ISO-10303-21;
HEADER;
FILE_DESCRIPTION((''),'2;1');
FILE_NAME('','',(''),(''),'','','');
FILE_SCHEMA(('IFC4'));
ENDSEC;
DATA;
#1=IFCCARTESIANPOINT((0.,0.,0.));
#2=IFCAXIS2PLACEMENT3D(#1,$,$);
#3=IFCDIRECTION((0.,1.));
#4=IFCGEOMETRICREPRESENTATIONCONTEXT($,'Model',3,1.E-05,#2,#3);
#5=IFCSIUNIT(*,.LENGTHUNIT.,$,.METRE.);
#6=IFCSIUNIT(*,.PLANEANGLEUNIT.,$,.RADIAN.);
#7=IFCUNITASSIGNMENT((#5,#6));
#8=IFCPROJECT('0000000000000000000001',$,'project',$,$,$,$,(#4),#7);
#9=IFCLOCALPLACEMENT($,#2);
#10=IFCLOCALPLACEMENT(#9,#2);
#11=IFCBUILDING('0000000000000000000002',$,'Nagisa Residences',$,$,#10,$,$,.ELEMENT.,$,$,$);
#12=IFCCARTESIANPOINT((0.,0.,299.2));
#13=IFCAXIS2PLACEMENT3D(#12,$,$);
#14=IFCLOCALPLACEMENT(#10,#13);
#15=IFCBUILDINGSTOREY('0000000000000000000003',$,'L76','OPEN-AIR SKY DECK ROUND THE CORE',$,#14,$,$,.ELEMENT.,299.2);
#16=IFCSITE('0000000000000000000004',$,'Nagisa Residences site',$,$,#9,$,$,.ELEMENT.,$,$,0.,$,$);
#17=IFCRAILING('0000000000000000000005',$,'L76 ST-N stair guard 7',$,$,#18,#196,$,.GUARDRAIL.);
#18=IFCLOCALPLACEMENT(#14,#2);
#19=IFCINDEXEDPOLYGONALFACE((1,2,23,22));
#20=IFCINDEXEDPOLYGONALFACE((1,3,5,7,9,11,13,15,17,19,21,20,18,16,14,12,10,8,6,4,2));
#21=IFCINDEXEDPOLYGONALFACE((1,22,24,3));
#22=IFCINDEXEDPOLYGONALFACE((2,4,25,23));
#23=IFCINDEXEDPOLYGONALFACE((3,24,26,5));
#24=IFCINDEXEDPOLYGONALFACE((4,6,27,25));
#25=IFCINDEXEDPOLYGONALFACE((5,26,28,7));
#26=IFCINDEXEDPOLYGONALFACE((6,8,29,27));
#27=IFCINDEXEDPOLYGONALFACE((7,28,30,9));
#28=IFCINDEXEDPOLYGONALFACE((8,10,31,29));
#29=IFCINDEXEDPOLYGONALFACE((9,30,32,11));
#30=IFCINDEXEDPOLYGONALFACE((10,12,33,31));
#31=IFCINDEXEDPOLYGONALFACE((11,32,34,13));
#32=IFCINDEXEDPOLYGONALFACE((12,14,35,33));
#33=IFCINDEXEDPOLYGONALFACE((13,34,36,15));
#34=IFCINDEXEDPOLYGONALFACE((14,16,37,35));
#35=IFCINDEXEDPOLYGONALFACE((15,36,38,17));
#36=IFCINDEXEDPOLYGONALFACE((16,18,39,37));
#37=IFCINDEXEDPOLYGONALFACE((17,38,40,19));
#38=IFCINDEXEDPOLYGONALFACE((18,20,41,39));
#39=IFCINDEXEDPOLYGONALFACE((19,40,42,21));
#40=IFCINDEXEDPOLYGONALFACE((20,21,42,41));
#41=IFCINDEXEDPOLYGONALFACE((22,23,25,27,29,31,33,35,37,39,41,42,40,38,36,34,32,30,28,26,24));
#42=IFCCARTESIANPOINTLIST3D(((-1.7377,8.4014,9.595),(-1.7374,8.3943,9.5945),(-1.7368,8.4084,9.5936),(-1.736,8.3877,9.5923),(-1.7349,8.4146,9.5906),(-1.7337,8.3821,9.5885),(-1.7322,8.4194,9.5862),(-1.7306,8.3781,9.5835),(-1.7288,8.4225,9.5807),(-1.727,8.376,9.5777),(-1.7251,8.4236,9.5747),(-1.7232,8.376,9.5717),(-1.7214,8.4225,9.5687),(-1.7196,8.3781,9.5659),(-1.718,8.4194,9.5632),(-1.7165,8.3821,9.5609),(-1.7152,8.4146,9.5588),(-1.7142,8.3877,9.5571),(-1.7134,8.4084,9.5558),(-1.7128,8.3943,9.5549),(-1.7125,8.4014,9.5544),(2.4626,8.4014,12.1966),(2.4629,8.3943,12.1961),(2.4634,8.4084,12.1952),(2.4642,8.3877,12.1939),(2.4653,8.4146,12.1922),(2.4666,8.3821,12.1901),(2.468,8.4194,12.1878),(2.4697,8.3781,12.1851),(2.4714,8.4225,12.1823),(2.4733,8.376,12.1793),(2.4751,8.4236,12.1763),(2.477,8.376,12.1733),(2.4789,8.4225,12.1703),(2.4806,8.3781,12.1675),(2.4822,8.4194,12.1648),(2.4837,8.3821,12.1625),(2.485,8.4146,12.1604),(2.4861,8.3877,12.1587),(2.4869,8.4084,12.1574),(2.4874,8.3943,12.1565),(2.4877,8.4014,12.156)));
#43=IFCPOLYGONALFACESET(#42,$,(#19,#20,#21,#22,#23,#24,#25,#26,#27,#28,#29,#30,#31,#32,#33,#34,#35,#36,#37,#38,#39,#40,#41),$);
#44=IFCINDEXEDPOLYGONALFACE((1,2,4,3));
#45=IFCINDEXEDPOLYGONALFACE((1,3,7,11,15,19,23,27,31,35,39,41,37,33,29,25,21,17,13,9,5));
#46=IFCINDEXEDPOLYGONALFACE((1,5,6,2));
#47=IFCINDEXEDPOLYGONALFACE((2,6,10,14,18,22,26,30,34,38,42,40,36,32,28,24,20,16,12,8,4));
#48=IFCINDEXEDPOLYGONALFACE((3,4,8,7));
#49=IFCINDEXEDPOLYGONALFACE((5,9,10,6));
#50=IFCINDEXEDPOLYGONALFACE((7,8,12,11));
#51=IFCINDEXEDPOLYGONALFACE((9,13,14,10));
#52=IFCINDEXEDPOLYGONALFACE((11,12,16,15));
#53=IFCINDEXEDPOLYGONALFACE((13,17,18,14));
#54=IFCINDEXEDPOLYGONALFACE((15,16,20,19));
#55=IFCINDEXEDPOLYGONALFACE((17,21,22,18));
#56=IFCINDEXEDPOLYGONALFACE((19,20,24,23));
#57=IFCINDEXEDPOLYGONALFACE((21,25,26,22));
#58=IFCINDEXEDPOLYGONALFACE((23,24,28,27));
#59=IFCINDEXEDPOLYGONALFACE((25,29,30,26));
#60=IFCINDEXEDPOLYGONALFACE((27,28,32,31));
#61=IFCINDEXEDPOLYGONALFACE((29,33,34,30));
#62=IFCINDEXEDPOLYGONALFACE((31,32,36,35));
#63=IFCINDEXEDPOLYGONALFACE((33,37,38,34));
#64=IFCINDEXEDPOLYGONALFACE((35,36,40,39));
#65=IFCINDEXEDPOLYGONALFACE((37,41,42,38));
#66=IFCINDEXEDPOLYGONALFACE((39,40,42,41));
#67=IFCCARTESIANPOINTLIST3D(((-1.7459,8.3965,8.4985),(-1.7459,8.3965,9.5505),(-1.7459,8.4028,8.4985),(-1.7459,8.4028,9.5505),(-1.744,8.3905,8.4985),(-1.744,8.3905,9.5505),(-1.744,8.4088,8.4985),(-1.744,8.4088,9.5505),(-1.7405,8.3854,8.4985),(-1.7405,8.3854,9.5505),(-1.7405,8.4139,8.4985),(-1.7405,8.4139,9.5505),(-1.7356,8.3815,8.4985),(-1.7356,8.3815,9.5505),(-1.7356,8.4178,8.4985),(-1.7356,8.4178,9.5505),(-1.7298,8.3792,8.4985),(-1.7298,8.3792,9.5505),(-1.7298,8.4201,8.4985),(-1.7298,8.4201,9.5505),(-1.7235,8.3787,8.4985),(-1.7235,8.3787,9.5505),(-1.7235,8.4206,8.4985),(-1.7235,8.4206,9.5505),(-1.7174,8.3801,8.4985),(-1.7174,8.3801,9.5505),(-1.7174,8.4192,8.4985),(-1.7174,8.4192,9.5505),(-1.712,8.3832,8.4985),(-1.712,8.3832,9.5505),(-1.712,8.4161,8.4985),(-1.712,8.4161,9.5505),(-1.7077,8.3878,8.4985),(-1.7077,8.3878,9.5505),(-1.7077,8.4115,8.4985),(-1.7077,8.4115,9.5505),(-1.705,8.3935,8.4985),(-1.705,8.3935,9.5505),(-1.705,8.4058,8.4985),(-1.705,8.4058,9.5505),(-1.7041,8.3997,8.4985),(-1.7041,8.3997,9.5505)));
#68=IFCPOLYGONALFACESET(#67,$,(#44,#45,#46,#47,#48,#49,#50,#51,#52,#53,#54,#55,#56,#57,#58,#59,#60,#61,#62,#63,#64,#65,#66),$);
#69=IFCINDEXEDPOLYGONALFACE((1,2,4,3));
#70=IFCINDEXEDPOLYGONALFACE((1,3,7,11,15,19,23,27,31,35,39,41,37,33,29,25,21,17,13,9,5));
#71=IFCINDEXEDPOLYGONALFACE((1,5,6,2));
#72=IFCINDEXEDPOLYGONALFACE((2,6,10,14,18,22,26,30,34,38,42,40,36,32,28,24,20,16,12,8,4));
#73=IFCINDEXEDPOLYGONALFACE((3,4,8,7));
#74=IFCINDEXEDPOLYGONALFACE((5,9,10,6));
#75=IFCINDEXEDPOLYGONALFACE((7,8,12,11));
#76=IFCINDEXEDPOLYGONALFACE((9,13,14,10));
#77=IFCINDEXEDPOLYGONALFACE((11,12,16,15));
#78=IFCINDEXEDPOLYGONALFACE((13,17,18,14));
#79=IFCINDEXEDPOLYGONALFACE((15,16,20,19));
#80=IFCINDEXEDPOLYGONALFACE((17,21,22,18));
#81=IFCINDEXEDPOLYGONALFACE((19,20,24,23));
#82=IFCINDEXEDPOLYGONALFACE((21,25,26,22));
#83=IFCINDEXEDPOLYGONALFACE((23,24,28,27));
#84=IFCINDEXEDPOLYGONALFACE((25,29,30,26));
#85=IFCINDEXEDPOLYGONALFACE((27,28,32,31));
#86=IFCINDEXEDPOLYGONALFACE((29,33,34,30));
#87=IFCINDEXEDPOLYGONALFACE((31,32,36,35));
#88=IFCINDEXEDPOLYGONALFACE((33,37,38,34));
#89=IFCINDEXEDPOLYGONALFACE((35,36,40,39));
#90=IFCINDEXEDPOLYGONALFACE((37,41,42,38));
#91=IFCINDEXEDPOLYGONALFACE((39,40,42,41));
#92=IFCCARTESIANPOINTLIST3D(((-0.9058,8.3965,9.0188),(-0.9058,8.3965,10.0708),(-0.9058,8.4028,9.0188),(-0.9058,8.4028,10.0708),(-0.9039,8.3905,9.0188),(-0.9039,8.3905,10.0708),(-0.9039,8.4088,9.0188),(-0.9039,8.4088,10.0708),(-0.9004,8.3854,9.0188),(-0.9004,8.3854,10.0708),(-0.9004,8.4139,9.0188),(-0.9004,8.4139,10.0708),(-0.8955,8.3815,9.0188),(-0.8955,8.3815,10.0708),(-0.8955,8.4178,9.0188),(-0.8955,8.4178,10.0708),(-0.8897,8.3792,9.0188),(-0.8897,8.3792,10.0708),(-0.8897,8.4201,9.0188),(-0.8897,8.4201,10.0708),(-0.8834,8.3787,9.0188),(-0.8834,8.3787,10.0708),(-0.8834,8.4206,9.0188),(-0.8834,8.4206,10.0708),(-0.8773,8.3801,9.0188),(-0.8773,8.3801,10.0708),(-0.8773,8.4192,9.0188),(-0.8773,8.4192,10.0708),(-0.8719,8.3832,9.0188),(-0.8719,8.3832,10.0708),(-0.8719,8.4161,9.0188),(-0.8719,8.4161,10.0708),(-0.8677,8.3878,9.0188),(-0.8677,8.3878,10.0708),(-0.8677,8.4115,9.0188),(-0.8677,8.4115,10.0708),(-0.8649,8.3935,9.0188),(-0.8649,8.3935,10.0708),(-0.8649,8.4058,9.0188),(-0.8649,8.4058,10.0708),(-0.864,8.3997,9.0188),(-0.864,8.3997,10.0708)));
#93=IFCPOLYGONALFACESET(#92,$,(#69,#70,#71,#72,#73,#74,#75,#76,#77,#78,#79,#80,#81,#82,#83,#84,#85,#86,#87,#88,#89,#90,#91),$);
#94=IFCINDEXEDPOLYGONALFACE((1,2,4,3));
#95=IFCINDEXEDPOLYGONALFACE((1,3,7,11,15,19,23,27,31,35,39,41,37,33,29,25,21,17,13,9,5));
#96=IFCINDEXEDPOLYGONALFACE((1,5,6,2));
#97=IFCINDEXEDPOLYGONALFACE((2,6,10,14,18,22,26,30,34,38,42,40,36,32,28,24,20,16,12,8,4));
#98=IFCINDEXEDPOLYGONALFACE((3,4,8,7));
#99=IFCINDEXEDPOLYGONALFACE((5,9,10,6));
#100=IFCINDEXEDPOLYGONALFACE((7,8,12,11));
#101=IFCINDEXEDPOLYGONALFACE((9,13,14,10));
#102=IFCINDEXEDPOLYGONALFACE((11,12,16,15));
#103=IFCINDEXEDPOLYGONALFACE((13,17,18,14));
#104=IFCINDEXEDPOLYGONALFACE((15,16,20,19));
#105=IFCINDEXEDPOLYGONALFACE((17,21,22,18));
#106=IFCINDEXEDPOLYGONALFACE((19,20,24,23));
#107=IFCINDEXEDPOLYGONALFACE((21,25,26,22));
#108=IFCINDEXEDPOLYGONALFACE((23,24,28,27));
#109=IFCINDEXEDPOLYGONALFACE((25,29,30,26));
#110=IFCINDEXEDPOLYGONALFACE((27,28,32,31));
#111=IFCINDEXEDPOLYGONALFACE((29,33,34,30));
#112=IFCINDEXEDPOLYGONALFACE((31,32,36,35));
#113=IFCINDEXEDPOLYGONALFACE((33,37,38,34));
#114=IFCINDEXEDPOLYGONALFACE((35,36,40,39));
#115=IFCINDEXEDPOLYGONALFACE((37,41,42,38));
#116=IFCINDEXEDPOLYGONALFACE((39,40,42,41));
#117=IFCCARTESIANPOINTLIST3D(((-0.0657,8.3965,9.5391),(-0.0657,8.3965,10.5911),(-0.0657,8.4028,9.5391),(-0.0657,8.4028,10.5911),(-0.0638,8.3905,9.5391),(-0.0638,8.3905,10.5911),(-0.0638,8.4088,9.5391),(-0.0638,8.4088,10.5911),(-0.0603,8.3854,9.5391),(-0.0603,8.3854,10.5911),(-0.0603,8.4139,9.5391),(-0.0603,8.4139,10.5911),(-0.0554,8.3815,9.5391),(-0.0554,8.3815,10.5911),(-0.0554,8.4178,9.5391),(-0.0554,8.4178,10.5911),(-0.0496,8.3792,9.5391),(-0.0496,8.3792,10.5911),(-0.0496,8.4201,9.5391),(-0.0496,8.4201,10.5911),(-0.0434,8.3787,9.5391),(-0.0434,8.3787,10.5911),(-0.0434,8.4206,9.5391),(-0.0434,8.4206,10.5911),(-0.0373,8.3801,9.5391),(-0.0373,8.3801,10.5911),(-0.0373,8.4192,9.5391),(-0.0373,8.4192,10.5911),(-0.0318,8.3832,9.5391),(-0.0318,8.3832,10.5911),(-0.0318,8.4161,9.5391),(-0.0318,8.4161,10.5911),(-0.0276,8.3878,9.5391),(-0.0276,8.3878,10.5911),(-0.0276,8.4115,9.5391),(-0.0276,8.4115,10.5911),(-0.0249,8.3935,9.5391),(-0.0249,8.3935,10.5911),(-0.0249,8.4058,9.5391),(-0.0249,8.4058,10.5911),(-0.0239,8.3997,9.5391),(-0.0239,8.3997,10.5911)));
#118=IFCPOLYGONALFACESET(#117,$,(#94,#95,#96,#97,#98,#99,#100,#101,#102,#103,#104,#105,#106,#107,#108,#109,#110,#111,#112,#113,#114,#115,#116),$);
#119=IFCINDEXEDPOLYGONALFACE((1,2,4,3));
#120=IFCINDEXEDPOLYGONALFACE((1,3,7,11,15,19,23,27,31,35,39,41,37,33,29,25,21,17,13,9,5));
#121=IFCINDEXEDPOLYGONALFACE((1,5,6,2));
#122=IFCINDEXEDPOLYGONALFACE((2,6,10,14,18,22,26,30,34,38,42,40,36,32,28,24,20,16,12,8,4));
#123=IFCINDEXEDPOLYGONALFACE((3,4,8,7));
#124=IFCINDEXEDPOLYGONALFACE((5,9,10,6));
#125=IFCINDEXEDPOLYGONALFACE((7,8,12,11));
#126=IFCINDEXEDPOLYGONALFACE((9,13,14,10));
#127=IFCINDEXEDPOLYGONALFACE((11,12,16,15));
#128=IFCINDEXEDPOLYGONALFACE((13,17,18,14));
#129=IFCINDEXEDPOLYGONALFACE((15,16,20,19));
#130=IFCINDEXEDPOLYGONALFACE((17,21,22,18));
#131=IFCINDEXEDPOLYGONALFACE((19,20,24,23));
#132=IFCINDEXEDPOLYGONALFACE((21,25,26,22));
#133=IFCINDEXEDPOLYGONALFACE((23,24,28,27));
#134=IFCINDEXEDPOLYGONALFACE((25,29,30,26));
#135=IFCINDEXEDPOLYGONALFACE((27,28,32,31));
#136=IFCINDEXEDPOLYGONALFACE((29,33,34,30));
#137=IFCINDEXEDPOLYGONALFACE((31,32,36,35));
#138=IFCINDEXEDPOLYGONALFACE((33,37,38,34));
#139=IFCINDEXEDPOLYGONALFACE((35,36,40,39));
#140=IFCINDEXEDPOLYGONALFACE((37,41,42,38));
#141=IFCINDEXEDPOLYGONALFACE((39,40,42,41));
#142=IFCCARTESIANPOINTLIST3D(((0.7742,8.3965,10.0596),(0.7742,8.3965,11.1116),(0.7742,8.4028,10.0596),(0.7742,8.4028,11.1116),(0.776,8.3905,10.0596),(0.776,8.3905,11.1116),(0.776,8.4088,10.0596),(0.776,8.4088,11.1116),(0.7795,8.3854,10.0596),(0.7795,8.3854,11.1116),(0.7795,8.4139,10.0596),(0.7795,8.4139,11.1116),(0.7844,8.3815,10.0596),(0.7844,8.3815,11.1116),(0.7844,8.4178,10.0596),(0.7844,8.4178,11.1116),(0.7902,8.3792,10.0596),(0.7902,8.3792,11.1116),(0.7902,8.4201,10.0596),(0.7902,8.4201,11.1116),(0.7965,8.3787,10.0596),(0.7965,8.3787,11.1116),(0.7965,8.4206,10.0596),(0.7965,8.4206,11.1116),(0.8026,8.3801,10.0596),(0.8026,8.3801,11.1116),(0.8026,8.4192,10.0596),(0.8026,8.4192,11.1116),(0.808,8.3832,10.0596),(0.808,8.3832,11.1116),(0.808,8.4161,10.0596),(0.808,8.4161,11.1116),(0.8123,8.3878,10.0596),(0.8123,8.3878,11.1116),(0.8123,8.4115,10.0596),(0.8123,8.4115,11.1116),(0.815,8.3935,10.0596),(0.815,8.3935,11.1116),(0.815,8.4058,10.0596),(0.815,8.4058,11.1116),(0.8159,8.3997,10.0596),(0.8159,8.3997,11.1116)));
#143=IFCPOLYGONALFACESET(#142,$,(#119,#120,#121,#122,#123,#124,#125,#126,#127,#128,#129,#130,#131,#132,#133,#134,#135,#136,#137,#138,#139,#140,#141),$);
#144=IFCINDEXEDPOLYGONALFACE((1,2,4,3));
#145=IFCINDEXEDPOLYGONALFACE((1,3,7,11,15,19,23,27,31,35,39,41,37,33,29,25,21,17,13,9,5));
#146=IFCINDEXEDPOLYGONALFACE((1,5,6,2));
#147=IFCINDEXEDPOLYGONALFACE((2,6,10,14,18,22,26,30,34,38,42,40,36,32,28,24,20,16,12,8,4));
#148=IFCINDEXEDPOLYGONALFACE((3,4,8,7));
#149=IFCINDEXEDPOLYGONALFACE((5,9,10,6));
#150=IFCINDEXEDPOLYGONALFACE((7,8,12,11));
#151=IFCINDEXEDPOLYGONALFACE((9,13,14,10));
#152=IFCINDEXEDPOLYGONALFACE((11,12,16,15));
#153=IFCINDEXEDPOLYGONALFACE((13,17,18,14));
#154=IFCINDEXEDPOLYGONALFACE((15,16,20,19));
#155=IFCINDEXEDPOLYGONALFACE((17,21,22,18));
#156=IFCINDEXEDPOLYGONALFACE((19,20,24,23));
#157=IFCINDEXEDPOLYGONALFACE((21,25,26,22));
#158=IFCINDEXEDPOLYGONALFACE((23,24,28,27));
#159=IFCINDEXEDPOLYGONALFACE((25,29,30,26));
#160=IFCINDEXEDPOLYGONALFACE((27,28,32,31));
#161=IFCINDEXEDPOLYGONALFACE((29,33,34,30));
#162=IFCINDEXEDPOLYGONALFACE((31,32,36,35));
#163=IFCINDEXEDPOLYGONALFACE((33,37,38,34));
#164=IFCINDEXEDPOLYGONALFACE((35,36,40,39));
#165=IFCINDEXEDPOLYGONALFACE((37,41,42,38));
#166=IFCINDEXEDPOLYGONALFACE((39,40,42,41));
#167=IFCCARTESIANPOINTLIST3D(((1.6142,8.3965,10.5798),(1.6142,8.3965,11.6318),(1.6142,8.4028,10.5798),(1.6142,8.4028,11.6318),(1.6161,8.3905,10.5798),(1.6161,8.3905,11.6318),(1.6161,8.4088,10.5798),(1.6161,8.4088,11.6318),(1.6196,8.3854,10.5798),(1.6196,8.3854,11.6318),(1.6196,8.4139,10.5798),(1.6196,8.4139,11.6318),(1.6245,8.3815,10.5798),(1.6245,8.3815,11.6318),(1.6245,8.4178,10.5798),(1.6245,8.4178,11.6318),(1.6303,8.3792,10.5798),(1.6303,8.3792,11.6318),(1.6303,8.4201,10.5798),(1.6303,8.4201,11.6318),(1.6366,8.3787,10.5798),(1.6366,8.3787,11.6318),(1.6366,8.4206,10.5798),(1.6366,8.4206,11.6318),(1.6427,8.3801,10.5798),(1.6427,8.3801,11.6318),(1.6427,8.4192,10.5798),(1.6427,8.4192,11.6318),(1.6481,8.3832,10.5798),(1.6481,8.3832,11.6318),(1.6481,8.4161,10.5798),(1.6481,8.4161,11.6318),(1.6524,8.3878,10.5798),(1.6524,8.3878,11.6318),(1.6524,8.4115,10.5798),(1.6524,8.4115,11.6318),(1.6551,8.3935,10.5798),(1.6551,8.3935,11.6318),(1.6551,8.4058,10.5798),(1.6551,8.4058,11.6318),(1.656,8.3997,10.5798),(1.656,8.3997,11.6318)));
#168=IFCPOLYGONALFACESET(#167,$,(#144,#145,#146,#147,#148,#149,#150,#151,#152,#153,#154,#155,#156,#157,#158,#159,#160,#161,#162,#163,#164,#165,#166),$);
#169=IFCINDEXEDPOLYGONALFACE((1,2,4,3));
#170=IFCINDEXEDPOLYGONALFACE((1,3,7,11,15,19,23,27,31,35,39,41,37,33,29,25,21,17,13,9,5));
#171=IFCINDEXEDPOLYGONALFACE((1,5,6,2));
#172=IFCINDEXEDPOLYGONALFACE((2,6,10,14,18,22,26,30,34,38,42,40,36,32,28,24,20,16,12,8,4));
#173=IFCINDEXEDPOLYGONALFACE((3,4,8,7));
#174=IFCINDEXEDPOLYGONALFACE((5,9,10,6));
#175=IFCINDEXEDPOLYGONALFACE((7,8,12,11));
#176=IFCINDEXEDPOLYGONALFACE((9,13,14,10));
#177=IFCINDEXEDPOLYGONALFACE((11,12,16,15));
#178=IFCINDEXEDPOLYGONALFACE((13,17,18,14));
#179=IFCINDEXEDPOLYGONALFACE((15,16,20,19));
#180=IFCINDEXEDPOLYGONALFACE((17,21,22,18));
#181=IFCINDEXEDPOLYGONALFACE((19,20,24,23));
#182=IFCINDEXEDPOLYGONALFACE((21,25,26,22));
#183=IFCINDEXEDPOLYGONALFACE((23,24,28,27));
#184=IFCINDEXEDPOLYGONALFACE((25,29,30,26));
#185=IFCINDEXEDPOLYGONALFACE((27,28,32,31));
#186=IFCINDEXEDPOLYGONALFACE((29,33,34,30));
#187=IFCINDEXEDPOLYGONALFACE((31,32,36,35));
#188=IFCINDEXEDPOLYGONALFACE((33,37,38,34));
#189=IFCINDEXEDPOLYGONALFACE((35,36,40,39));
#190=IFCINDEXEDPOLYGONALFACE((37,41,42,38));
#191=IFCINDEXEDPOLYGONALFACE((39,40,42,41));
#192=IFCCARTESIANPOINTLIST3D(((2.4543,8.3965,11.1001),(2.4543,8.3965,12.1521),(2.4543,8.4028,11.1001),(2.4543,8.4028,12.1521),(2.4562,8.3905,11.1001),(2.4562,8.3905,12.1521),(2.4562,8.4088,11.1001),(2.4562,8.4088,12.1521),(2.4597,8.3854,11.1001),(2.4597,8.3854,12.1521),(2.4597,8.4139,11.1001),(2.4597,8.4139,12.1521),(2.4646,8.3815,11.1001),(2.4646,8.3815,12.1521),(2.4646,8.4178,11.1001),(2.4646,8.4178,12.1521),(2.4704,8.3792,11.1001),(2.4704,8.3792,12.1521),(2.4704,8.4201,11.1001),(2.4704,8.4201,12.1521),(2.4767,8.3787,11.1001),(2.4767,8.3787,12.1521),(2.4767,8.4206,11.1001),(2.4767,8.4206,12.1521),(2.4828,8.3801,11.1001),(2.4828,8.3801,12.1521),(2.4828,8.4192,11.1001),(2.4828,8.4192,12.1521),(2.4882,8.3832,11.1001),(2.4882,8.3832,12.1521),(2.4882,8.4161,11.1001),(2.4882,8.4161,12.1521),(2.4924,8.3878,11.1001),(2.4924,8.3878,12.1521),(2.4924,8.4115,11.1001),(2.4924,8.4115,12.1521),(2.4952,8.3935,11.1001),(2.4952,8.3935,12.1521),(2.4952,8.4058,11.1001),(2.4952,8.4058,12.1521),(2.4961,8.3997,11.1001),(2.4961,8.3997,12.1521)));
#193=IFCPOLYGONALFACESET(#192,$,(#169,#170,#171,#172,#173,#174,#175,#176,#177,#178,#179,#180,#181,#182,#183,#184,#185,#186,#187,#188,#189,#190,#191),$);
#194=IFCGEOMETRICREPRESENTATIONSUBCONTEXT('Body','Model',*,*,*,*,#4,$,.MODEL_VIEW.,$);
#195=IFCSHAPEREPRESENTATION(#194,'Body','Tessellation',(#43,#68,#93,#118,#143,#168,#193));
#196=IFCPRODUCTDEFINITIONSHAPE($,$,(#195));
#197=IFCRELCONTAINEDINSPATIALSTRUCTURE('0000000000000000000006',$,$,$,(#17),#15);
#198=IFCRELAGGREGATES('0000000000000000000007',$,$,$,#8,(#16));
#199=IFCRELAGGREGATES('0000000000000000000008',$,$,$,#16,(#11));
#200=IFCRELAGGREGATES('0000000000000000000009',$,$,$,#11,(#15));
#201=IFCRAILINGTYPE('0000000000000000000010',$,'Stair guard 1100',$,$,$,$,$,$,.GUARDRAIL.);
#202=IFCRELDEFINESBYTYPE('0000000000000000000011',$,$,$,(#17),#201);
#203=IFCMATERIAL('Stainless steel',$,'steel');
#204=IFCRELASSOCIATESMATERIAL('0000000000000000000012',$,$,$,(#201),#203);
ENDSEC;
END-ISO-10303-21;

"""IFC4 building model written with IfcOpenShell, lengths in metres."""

from ifc_helpers import new_model, si_unit, direction, frame, origin, origin_2d, place, context, subcontext, project, spatial, circle, extrude, material, type_object, element, save


model = new_model("IFC4")

# Units and contexts
model_context = context("Model", 3, precision=1e-05, world=origin(), true_north=direction((0.0, 1.0)))
body_context = subcontext(model_context, "Body", "Model", "MODEL_VIEW")
ifc_project = project(units=[si_unit("LENGTHUNIT", "METRE"), si_unit("PLANEANGLEUNIT", "RADIAN")], contexts=[model_context])

# Site, building, storey
site_placement = place(None, origin())
site = spatial("IfcSite", under=ifc_project, at=site_placement, Name="Nagisa Residences site", CompositionType="ELEMENT", RefElevation=0.0)
building_placement = place(site_placement, origin())
building = spatial("IfcBuilding", under=site, at=building_placement, Name="Nagisa Residences", CompositionType="ELEMENT")
storey_placement = place(building_placement, frame((0.0, 0.0, 299.2)))
storey = spatial("IfcBuildingStorey", under=building, at=storey_placement, Name="L76", Description="OPEN-AIR SKY DECK ROUND THE CORE", CompositionType="ELEMENT", Elevation=299.2)

# Railing
ifc_material_1 = material(Name="Stainless steel", Category="steel")
railing_type_1 = type_object("IfcRailingType", Name="Stair guard 1100", PredefinedType="GUARDRAIL", material=ifc_material_1)
railing_1_placement = place(storey_placement, frame((-1.7251, 8.3997, 8.4985)))
element("IfcRailing", 1, at=railing_1_placement, inside=storey, type_object=railing_type_1, Name="L76 ST-N stair guard 7", PredefinedType="GUARDRAIL", context=body_context, shape_type="SweptSolid", body=[
    extrude(circle(Radius=0.0239, at=origin_2d()), frame((0.0, 0.0, 1.0762), z_axis=(0.850135, 0.0, 0.526566), x_axis=(0.0, 1.0, 0.0)), (0.0, 0.0, 1.0), 4.9407),
    extrude(circle(Radius=0.021, at=origin_2d()), origin(), (0.0, 0.0, 1.0), 1.052),
    extrude(circle(Radius=0.021, at=origin_2d()), frame((0.8401, 0.0, 0.5203)), (0.0, 0.0, 1.0), 1.052),
    extrude(circle(Radius=0.021, at=origin_2d()), frame((1.6802, 0.0, 1.0405)), (0.0, 0.0, 1.0), 1.052),
    extrude(circle(Radius=0.021, at=origin_2d()), frame((2.52, 0.0, 1.561)), (0.0, 0.0, 1.0), 1.052),
    extrude(circle(Radius=0.021, at=origin_2d()), frame((3.3601, 0.0, 2.0813)), (0.0, 0.0, 1.0), 1.052),
    extrude(circle(Radius=0.021, at=origin_2d()), frame((4.2002, 0.0, 2.6016)), (0.0, 0.0, 1.0), 1.052),
])

save(model, "model.ifc")
